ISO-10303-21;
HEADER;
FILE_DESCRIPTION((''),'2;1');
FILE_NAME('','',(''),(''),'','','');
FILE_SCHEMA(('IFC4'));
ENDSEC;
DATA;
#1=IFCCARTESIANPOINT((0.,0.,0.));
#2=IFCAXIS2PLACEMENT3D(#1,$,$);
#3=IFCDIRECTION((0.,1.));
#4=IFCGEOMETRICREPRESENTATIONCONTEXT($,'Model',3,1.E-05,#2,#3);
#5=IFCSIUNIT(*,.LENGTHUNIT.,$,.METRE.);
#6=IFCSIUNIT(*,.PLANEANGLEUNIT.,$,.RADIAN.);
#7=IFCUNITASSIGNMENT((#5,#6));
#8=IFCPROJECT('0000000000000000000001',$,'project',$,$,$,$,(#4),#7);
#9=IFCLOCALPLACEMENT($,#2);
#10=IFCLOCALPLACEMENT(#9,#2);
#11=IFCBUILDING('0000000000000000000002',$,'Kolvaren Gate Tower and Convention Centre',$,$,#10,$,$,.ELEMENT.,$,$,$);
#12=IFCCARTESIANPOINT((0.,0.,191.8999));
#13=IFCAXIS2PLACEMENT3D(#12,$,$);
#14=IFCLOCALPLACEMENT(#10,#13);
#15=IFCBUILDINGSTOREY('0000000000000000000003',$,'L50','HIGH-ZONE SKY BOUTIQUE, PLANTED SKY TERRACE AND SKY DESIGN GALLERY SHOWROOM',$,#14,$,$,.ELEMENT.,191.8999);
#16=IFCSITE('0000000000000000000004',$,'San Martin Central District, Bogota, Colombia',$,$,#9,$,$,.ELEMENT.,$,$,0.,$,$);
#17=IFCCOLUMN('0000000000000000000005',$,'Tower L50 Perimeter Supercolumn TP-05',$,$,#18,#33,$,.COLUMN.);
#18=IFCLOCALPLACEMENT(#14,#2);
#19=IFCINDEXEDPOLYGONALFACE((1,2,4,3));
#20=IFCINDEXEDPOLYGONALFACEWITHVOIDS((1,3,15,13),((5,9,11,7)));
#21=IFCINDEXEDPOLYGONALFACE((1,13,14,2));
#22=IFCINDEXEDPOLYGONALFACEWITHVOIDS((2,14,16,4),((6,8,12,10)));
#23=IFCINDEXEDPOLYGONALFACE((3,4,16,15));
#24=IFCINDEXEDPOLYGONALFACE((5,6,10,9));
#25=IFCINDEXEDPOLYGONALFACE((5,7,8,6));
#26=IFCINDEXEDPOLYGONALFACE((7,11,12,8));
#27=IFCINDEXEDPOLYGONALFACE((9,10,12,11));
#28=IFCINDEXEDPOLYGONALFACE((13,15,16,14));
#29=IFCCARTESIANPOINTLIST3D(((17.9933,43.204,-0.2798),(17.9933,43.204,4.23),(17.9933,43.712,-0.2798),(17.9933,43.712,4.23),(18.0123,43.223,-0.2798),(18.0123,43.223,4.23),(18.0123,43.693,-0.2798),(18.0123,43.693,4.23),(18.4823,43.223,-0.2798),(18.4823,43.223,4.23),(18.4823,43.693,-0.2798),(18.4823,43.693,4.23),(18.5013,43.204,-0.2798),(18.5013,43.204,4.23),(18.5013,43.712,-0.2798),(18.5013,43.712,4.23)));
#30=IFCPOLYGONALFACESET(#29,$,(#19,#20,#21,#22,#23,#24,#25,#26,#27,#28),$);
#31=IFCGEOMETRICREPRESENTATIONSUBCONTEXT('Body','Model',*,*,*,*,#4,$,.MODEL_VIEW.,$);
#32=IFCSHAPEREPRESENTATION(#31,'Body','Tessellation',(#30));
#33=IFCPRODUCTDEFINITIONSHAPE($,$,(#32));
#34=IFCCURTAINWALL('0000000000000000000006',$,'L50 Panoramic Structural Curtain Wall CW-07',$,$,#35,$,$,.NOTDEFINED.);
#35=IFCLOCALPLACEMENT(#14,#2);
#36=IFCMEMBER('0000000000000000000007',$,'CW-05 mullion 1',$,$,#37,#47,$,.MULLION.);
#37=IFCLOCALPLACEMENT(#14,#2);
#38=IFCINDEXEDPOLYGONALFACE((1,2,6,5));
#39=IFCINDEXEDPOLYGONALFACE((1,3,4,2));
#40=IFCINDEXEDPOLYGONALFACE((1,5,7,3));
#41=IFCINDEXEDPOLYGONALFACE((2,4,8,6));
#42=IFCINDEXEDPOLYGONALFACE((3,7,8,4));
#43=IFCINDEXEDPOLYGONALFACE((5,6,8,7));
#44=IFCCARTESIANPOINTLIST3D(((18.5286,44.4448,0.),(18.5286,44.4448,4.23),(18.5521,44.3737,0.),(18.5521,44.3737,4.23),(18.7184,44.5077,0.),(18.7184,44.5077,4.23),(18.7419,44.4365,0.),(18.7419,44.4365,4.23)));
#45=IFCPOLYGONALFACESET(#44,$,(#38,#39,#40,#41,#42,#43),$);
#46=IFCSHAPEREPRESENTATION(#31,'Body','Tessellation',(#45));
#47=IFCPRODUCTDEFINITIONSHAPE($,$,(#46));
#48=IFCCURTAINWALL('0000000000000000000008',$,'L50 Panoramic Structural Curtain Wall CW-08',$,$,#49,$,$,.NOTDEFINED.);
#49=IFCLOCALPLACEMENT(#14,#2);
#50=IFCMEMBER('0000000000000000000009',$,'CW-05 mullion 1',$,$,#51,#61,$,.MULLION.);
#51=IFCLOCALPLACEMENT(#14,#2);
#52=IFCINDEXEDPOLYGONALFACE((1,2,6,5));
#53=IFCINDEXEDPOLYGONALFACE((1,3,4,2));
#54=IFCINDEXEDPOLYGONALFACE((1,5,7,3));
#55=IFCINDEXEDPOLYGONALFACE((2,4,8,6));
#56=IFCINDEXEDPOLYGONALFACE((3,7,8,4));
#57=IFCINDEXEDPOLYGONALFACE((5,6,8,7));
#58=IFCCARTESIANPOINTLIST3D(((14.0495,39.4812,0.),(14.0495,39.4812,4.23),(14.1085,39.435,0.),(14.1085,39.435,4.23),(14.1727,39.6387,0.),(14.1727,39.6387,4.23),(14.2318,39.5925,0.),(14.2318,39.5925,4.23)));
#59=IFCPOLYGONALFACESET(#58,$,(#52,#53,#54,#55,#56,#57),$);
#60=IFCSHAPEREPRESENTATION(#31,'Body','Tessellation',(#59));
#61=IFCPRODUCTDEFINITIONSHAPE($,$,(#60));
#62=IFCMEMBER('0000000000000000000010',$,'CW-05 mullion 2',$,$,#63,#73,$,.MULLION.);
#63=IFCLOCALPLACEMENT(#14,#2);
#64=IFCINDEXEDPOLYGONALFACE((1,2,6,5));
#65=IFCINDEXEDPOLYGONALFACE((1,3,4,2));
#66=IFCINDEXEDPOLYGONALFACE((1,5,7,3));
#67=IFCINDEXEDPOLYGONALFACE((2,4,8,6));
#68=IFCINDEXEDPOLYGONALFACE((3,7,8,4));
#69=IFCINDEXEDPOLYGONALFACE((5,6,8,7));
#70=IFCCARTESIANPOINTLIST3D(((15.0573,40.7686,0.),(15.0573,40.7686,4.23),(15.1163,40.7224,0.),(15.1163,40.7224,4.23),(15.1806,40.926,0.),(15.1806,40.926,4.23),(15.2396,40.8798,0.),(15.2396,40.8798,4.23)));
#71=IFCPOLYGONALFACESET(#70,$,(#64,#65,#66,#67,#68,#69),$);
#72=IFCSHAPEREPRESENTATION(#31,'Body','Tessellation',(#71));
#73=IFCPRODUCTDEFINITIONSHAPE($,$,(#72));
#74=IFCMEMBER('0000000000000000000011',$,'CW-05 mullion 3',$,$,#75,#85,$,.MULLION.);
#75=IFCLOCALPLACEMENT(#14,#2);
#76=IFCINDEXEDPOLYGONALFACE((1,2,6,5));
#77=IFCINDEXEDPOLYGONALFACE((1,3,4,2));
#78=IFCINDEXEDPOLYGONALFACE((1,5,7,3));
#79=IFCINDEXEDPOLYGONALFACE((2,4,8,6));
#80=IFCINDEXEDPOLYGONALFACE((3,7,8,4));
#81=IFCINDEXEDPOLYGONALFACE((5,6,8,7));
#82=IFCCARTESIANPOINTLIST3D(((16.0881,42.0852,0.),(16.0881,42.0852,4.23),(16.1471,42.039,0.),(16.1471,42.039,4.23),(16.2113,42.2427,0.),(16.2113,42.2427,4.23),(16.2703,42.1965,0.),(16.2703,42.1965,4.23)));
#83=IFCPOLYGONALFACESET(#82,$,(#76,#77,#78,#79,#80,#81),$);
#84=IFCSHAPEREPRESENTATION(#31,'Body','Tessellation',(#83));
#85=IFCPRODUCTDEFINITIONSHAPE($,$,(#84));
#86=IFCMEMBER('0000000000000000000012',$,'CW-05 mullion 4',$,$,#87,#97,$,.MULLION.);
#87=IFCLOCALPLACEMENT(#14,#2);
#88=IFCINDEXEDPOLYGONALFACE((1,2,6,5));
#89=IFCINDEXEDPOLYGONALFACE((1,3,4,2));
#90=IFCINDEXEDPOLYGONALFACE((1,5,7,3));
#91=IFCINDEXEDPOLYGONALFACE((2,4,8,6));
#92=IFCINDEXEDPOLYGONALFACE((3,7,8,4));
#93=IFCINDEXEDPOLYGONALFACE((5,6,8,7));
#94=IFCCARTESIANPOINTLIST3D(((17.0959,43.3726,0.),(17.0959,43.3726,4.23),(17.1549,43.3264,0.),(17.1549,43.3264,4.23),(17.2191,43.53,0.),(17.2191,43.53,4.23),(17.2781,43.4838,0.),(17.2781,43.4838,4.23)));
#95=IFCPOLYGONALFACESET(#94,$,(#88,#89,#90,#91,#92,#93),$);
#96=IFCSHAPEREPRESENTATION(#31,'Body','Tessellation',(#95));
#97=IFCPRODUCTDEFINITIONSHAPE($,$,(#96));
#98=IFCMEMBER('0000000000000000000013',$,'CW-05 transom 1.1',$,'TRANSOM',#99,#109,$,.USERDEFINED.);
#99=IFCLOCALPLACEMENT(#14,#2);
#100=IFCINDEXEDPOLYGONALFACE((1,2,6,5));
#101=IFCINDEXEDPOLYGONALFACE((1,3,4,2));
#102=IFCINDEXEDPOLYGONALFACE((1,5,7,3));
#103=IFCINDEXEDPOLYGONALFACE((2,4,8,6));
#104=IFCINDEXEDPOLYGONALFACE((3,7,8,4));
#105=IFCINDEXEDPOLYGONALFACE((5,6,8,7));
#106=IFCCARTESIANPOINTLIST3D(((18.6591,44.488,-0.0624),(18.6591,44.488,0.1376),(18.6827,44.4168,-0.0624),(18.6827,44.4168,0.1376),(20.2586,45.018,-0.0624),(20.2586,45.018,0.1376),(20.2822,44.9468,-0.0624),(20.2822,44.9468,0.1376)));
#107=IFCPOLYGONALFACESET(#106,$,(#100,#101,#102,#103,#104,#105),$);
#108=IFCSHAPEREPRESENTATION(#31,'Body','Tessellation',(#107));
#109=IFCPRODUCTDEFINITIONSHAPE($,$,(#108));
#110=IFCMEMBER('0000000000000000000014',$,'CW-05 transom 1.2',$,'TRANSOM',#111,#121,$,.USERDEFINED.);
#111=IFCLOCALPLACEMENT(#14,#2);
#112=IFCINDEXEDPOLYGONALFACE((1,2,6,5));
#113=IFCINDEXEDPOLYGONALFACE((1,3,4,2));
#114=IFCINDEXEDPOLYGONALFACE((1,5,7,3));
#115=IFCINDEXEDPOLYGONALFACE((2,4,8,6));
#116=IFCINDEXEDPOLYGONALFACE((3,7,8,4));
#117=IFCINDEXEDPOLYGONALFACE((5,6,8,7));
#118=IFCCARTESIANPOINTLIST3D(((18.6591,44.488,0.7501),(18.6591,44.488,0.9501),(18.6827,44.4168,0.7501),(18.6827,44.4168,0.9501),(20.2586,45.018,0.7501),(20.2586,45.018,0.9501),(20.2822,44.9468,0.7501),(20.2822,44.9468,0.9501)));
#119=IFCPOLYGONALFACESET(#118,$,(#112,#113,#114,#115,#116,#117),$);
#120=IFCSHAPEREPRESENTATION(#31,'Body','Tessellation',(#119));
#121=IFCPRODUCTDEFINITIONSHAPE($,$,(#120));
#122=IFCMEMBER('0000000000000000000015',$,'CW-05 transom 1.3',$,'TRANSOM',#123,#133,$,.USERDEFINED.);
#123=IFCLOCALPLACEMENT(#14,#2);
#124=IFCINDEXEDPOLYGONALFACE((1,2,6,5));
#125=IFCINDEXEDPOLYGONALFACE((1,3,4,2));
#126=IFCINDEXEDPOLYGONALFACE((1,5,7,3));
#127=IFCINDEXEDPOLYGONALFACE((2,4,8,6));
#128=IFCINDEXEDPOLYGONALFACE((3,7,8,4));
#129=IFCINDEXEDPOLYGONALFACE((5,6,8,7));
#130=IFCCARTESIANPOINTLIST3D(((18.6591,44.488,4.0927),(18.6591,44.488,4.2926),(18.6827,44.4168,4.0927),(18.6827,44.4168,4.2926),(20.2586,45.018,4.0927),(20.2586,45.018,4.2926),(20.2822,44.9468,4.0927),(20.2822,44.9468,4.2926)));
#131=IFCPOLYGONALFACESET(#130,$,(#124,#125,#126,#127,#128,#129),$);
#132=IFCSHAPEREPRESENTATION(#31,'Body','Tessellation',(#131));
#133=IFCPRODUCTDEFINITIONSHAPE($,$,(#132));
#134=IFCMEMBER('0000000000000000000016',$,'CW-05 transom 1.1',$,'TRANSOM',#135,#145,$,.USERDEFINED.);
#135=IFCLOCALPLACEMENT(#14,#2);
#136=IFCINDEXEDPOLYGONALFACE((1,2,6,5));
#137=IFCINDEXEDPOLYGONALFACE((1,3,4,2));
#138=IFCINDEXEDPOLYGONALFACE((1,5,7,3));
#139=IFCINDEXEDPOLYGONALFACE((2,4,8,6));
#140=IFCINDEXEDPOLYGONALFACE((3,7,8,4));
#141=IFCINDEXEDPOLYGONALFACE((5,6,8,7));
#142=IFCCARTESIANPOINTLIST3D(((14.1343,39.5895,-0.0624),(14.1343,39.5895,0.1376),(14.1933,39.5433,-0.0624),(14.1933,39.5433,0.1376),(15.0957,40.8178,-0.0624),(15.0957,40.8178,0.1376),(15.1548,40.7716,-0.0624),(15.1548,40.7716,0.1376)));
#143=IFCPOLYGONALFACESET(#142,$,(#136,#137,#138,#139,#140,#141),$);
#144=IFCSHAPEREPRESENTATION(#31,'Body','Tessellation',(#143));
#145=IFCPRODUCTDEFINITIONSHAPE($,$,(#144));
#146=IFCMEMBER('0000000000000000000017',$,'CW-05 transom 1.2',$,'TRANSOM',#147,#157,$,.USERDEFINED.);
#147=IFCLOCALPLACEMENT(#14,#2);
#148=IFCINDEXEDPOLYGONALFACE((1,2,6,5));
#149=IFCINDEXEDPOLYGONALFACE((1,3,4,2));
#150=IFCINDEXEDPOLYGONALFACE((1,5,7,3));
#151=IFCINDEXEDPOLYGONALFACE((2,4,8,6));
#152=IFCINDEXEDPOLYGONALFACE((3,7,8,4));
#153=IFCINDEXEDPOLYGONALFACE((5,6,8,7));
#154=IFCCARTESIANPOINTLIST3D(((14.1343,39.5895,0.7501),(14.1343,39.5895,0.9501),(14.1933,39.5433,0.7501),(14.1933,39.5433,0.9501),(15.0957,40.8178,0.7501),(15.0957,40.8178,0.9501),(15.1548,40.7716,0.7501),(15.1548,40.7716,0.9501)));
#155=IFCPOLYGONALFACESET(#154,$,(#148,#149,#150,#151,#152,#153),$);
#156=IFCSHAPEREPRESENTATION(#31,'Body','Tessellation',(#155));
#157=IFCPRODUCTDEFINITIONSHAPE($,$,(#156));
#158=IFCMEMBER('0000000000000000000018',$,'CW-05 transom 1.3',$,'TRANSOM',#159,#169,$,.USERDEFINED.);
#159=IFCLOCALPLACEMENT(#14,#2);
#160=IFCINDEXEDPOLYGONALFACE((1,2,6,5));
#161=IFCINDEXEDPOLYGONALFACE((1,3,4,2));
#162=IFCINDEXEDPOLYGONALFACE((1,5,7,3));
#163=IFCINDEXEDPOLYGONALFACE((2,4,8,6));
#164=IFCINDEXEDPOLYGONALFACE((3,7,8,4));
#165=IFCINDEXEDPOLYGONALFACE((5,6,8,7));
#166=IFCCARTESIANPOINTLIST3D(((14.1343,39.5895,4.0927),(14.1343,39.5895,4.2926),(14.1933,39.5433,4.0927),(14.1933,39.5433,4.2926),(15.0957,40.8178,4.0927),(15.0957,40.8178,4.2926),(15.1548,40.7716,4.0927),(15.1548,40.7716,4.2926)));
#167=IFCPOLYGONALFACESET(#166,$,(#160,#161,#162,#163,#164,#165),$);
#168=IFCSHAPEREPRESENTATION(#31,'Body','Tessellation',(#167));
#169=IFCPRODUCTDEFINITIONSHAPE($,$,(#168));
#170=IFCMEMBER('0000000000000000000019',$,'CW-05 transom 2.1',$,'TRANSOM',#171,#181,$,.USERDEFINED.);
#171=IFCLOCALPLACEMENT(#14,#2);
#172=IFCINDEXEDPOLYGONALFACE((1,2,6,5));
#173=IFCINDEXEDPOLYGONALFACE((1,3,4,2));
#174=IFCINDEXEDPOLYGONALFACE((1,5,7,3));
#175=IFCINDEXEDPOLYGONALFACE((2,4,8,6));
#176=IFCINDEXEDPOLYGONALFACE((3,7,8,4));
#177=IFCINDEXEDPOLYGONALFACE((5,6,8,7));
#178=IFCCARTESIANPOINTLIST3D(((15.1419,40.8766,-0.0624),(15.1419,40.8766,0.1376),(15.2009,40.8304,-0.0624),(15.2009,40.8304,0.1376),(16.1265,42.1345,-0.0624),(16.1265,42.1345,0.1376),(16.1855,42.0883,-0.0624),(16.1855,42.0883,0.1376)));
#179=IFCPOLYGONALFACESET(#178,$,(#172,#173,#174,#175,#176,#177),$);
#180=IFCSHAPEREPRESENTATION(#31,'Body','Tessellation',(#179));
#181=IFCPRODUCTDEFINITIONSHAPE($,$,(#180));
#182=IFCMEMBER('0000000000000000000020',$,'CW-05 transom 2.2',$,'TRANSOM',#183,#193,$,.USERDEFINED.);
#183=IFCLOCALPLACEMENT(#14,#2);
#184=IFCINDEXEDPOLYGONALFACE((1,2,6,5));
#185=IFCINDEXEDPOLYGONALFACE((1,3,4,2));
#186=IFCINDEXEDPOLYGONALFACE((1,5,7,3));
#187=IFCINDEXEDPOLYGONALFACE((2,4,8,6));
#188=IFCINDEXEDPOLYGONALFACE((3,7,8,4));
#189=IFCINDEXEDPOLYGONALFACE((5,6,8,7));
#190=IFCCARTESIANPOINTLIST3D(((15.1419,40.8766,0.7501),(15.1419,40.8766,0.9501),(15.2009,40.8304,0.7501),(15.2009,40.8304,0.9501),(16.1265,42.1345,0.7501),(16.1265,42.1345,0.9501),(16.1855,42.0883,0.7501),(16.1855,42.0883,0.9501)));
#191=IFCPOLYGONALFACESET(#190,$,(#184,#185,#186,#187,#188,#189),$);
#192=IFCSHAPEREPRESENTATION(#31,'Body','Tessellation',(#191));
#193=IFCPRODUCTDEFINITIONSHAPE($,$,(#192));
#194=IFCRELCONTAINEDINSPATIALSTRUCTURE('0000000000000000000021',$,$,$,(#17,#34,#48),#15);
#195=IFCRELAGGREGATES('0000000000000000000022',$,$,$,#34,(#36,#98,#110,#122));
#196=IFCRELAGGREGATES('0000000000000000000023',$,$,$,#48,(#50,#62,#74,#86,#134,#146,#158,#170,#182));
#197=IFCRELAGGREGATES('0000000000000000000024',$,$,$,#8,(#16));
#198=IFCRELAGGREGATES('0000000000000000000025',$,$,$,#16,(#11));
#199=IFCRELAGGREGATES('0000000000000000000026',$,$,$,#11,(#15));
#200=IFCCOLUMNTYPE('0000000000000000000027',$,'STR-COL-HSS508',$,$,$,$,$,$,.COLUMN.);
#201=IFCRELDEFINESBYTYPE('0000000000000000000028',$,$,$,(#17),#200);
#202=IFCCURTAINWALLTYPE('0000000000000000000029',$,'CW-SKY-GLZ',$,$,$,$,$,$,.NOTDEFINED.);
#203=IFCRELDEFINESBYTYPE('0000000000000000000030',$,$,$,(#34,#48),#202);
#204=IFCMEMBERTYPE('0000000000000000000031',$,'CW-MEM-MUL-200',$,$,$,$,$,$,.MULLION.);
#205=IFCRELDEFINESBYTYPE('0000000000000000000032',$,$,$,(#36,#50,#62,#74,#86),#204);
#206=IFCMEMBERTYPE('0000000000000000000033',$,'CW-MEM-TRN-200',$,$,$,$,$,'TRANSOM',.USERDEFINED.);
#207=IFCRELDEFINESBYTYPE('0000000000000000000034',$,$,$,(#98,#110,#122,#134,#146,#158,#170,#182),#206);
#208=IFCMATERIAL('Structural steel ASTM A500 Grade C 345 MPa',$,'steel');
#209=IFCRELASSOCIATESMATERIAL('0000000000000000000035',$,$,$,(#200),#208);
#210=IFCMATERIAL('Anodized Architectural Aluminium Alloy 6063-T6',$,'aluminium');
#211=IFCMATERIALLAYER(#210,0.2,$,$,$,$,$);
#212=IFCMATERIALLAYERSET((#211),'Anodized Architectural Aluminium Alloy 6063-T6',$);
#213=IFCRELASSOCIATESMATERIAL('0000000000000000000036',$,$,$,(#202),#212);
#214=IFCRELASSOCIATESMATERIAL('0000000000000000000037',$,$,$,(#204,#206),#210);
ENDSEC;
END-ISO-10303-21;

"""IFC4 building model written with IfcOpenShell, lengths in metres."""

from ifc_helpers import new_model, si_unit, direction, frame, origin, origin_2d, place, context, subcontext, project, spatial, rectangle, hollow_rectangle, extrude, material, layer, layer_set, material_profile, profile_set, type_object, element, aggregate, save


model = new_model("IFC4")

# Units and contexts
model_context = context("Model", 3, precision=1e-05, world=origin(), true_north=direction((0.0, 1.0)))
body_context = subcontext(model_context, "Body", "Model", "MODEL_VIEW")
ifc_project = project(units=[si_unit("LENGTHUNIT", "METRE"), si_unit("PLANEANGLEUNIT", "RADIAN")], contexts=[model_context])

# Site, building, storey
site_placement = place(None, origin())
site = spatial("IfcSite", under=ifc_project, at=site_placement, Name="San Martin Central District, Bogota, Colombia", CompositionType="ELEMENT", RefElevation=0.0)
building_placement = place(site_placement, origin())
building = spatial("IfcBuilding", under=site, at=building_placement, Name="Kolvaren Gate Tower and Convention Centre", CompositionType="ELEMENT")
storey_placement = place(building_placement, frame((0.0, 0.0, 191.8999)))
storey = spatial("IfcBuildingStorey", under=building, at=storey_placement, Name="L50", Description="HIGH-ZONE SKY BOUTIQUE, PLANTED SKY TERRACE AND SKY DESIGN GALLERY SHOWROOM", CompositionType="ELEMENT", Elevation=191.8999)

# Column
ifc_material_1 = material(Name="Structural steel ASTM A500 Grade C 345 MPa", Category="steel")
ifc_material_profile_1 = material_profile(ifc_material_1, hollow_rectangle(XDim=0.5081, YDim=0.5081, WallThickness=0.019, at=origin_2d()), Name="HSS508X508X19.1")
ifc_profile_set_1 = profile_set([ifc_material_profile_1], Name="Structural steel ASTM A500 Grade C 345 MPa")
column_type = type_object("IfcColumnType", Name="STR-COL-HSS508", PredefinedType="COLUMN", material=ifc_profile_set_1)
column_placement = place(storey_placement, frame((18.2473, 43.458, -0.2798), z_axis=(0.0, 0.0, 1.0), x_axis=(1.0, 0.0, 0.0)))
element("IfcColumn", 1, at=column_placement, inside=storey, type_object=column_type, Name="Tower L50 Perimeter Supercolumn TP-05", PredefinedType="COLUMN", context=body_context, shape_type="SweptSolid", body=[
    extrude(hollow_rectangle(XDim=0.5081, YDim=0.5081, WallThickness=0.019, at=origin_2d()), origin(), (0.0, 0.0, 1.0), 4.5098),
])

# Curtain wall, member
ifc_material_2 = material(Name="Anodized Architectural Aluminium Alloy 6063-T6", Category="aluminium")
ifc_layer_1 = layer(ifc_material_2, 0.2)
ifc_layer_set_1 = layer_set([ifc_layer_1], Name="Anodized Architectural Aluminium Alloy 6063-T6")
curtain_wall_type = type_object("IfcCurtainWallType", Name="CW-SKY-GLZ", PredefinedType="NOTDEFINED", material=ifc_layer_set_1)
curtain_wall_1_placement = place(storey_placement, origin())
curtain_wall_1 = element("IfcCurtainWall", 2, at=curtain_wall_1_placement, inside=storey, type_object=curtain_wall_type, Name="L50 Panoramic Structural Curtain Wall CW-07", PredefinedType="NOTDEFINED")
ifc_material_profile_2 = material_profile(ifc_material_2, rectangle(XDim=0.075, YDim=0.2, at=origin_2d()), Name="CW-MEM-MUL-200")
ifc_profile_set_2 = profile_set([ifc_material_profile_2], Name="Anodized Architectural Aluminium Alloy 6063-T6")
member_type_1 = type_object("IfcMemberType", Name="CW-MEM-MUL-200", PredefinedType="MULLION", material=ifc_profile_set_2)
member_1_placement = place(storey_placement, frame((18.6353, 44.4407, 0.0), z_axis=(0.0, 0.0, 1.0), x_axis=(-0.314553, 0.94924, 0.0)))
member_1 = element("IfcMember", 3, at=member_1_placement, type_object=member_type_1, Name="CW-05 mullion 1", PredefinedType="MULLION", context=body_context, shape_type="SweptSolid", body=[
    extrude(rectangle(XDim=0.075, YDim=0.2, at=origin_2d()), origin(), (0.0, 0.0, 1.0), 4.23),
])

# Curtain wall, members
curtain_wall_2_placement = place(storey_placement, origin())
curtain_wall_2 = element("IfcCurtainWall", 4, at=curtain_wall_2_placement, inside=storey, type_object=curtain_wall_type, Name="L50 Panoramic Structural Curtain Wall CW-08", PredefinedType="NOTDEFINED")
member_2_placement = place(storey_placement, frame((14.1406, 39.5369, 0.0), z_axis=(0.0, 0.0, 1.0), x_axis=(-0.78741, 0.61643, 0.0)))
member_2 = element("IfcMember", 5, at=member_2_placement, type_object=member_type_1, Name="CW-05 mullion 1", PredefinedType="MULLION", context=body_context, shape_type="SweptSolid", body=[
    extrude(rectangle(XDim=0.075, YDim=0.2, at=origin_2d()), origin(), (0.0, 0.0, 1.0), 4.23),
])
member_3_placement = place(storey_placement, frame((15.1484, 40.8242, 0.0), z_axis=(0.0, 0.0, 1.0), x_axis=(-0.78741, 0.61643, 0.0)))
member_3 = element("IfcMember", 6, at=member_3_placement, type_object=member_type_1, Name="CW-05 mullion 2", PredefinedType="MULLION", context=body_context, shape_type="SweptSolid", body=[
    extrude(rectangle(XDim=0.075, YDim=0.2, at=origin_2d()), origin(), (0.0, 0.0, 1.0), 4.23),
])
member_4_placement = place(storey_placement, frame((16.1792, 42.1409, 0.0), z_axis=(0.0, 0.0, 1.0), x_axis=(-0.78741, 0.61643, 0.0)))
member_4 = element("IfcMember", 7, at=member_4_placement, type_object=member_type_1, Name="CW-05 mullion 3", PredefinedType="MULLION", context=body_context, shape_type="SweptSolid", body=[
    extrude(rectangle(XDim=0.075, YDim=0.2, at=origin_2d()), origin(), (0.0, 0.0, 1.0), 4.23),
])
member_5_placement = place(storey_placement, frame((17.187, 43.4282, 0.0), z_axis=(0.0, 0.0, 1.0), x_axis=(-0.78741, 0.61643, 0.0)))
member_5 = element("IfcMember", 8, at=member_5_placement, type_object=member_type_1, Name="CW-05 mullion 4", PredefinedType="MULLION", context=body_context, shape_type="SweptSolid", body=[
    extrude(rectangle(XDim=0.075, YDim=0.2, at=origin_2d()), origin(), (0.0, 0.0, 1.0), 4.23),
])

# Members
ifc_material_profile_3 = material_profile(ifc_material_2, rectangle(XDim=0.075, YDim=0.2, at=origin_2d()), Name="CW-MEM-TRN-200")
ifc_profile_set_3 = profile_set([ifc_material_profile_3], Name="Anodized Architectural Aluminium Alloy 6063-T6")
member_type_2 = type_object("IfcMemberType", Name="CW-MEM-TRN-200", ElementType="TRANSOM", PredefinedType="USERDEFINED", material=ifc_profile_set_3)
member_6_placement = place(storey_placement, frame((18.6709, 44.4524, 0.0376), z_axis=(0.949247, 0.314532, 0.0), x_axis=(-0.314532, 0.949247, 0.0)))
member_6 = element("IfcMember", 9, at=member_6_placement, type_object=member_type_2, Name="CW-05 transom 1.1", ObjectType="TRANSOM", PredefinedType="USERDEFINED", context=body_context, shape_type="SweptSolid", body=[
    extrude(rectangle(XDim=0.075, YDim=0.2, at=origin_2d()), origin(), (0.0, 0.0, 1.0), 1.6851),
])
member_7_placement = place(storey_placement, frame((18.6709, 44.4524, 0.8501), z_axis=(0.949247, 0.314532, 0.0), x_axis=(-0.314532, 0.949247, 0.0)))
member_7 = element("IfcMember", 10, at=member_7_placement, type_object=member_type_2, Name="CW-05 transom 1.2", ObjectType="TRANSOM", PredefinedType="USERDEFINED", context=body_context, shape_type="SweptSolid", body=[
    extrude(rectangle(XDim=0.075, YDim=0.2, at=origin_2d()), origin(), (0.0, 0.0, 1.0), 1.6851),
])
member_8_placement = place(storey_placement, frame((18.6709, 44.4524, 4.1926), z_axis=(0.949247, 0.314532, 0.0), x_axis=(-0.314532, 0.949247, 0.0)))
member_8 = element("IfcMember", 11, at=member_8_placement, type_object=member_type_2, Name="CW-05 transom 1.3", ObjectType="TRANSOM", PredefinedType="USERDEFINED", context=body_context, shape_type="SweptSolid", body=[
    extrude(rectangle(XDim=0.075, YDim=0.2, at=origin_2d()), origin(), (0.0, 0.0, 1.0), 1.6851),
])
aggregate(curtain_wall_1, [member_1, member_6, member_7, member_8])
member_9_placement = place(storey_placement, frame((14.1638, 39.5664, 0.0376), z_axis=(0.616376, 0.787452, 0.0), x_axis=(-0.787452, 0.616376, 0.0)))
member_9 = element("IfcMember", 12, at=member_9_placement, type_object=member_type_2, Name="CW-05 transom 1.1", ObjectType="TRANSOM", PredefinedType="USERDEFINED", context=body_context, shape_type="SweptSolid", body=[
    extrude(rectangle(XDim=0.075, YDim=0.2, at=origin_2d()), origin(), (0.0, 0.0, 1.0), 1.5598),
])
member_10_placement = place(storey_placement, frame((14.1638, 39.5664, 0.8501), z_axis=(0.616376, 0.787452, 0.0), x_axis=(-0.787452, 0.616376, 0.0)))
member_10 = element("IfcMember", 13, at=member_10_placement, type_object=member_type_2, Name="CW-05 transom 1.2", ObjectType="TRANSOM", PredefinedType="USERDEFINED", context=body_context, shape_type="SweptSolid", body=[
    extrude(rectangle(XDim=0.075, YDim=0.2, at=origin_2d()), origin(), (0.0, 0.0, 1.0), 1.5598),
])
member_11_placement = place(storey_placement, frame((14.1638, 39.5664, 4.1926), z_axis=(0.616376, 0.787452, 0.0), x_axis=(-0.787452, 0.616376, 0.0)))
member_11 = element("IfcMember", 14, at=member_11_placement, type_object=member_type_2, Name="CW-05 transom 1.3", ObjectType="TRANSOM", PredefinedType="USERDEFINED", context=body_context, shape_type="SweptSolid", body=[
    extrude(rectangle(XDim=0.075, YDim=0.2, at=origin_2d()), origin(), (0.0, 0.0, 1.0), 1.5598),
])
member_12_placement = place(storey_placement, frame((15.1714, 40.8535, 0.0376), z_axis=(0.616403, 0.787431, 0.0), x_axis=(-0.787431, 0.616403, 0.0)))
member_12 = element("IfcMember", 15, at=member_12_placement, type_object=member_type_2, Name="CW-05 transom 2.1", ObjectType="TRANSOM", PredefinedType="USERDEFINED", context=body_context, shape_type="SweptSolid", body=[
    extrude(rectangle(XDim=0.075, YDim=0.2, at=origin_2d()), origin(), (0.0, 0.0, 1.0), 1.5974),
])
member_13_placement = place(storey_placement, frame((15.1714, 40.8535, 0.8501), z_axis=(0.616403, 0.787431, 0.0), x_axis=(-0.787431, 0.616403, 0.0)))
member_13 = element("IfcMember", 16, at=member_13_placement, type_object=member_type_2, Name="CW-05 transom 2.2", ObjectType="TRANSOM", PredefinedType="USERDEFINED", context=body_context, shape_type="SweptSolid", body=[
    extrude(rectangle(XDim=0.075, YDim=0.2, at=origin_2d()), origin(), (0.0, 0.0, 1.0), 1.5974),
])

aggregate(curtain_wall_2, [member_2, member_3, member_4, member_5, member_9, member_10, member_11, member_12, member_13])

save(model, "model.ifc")
